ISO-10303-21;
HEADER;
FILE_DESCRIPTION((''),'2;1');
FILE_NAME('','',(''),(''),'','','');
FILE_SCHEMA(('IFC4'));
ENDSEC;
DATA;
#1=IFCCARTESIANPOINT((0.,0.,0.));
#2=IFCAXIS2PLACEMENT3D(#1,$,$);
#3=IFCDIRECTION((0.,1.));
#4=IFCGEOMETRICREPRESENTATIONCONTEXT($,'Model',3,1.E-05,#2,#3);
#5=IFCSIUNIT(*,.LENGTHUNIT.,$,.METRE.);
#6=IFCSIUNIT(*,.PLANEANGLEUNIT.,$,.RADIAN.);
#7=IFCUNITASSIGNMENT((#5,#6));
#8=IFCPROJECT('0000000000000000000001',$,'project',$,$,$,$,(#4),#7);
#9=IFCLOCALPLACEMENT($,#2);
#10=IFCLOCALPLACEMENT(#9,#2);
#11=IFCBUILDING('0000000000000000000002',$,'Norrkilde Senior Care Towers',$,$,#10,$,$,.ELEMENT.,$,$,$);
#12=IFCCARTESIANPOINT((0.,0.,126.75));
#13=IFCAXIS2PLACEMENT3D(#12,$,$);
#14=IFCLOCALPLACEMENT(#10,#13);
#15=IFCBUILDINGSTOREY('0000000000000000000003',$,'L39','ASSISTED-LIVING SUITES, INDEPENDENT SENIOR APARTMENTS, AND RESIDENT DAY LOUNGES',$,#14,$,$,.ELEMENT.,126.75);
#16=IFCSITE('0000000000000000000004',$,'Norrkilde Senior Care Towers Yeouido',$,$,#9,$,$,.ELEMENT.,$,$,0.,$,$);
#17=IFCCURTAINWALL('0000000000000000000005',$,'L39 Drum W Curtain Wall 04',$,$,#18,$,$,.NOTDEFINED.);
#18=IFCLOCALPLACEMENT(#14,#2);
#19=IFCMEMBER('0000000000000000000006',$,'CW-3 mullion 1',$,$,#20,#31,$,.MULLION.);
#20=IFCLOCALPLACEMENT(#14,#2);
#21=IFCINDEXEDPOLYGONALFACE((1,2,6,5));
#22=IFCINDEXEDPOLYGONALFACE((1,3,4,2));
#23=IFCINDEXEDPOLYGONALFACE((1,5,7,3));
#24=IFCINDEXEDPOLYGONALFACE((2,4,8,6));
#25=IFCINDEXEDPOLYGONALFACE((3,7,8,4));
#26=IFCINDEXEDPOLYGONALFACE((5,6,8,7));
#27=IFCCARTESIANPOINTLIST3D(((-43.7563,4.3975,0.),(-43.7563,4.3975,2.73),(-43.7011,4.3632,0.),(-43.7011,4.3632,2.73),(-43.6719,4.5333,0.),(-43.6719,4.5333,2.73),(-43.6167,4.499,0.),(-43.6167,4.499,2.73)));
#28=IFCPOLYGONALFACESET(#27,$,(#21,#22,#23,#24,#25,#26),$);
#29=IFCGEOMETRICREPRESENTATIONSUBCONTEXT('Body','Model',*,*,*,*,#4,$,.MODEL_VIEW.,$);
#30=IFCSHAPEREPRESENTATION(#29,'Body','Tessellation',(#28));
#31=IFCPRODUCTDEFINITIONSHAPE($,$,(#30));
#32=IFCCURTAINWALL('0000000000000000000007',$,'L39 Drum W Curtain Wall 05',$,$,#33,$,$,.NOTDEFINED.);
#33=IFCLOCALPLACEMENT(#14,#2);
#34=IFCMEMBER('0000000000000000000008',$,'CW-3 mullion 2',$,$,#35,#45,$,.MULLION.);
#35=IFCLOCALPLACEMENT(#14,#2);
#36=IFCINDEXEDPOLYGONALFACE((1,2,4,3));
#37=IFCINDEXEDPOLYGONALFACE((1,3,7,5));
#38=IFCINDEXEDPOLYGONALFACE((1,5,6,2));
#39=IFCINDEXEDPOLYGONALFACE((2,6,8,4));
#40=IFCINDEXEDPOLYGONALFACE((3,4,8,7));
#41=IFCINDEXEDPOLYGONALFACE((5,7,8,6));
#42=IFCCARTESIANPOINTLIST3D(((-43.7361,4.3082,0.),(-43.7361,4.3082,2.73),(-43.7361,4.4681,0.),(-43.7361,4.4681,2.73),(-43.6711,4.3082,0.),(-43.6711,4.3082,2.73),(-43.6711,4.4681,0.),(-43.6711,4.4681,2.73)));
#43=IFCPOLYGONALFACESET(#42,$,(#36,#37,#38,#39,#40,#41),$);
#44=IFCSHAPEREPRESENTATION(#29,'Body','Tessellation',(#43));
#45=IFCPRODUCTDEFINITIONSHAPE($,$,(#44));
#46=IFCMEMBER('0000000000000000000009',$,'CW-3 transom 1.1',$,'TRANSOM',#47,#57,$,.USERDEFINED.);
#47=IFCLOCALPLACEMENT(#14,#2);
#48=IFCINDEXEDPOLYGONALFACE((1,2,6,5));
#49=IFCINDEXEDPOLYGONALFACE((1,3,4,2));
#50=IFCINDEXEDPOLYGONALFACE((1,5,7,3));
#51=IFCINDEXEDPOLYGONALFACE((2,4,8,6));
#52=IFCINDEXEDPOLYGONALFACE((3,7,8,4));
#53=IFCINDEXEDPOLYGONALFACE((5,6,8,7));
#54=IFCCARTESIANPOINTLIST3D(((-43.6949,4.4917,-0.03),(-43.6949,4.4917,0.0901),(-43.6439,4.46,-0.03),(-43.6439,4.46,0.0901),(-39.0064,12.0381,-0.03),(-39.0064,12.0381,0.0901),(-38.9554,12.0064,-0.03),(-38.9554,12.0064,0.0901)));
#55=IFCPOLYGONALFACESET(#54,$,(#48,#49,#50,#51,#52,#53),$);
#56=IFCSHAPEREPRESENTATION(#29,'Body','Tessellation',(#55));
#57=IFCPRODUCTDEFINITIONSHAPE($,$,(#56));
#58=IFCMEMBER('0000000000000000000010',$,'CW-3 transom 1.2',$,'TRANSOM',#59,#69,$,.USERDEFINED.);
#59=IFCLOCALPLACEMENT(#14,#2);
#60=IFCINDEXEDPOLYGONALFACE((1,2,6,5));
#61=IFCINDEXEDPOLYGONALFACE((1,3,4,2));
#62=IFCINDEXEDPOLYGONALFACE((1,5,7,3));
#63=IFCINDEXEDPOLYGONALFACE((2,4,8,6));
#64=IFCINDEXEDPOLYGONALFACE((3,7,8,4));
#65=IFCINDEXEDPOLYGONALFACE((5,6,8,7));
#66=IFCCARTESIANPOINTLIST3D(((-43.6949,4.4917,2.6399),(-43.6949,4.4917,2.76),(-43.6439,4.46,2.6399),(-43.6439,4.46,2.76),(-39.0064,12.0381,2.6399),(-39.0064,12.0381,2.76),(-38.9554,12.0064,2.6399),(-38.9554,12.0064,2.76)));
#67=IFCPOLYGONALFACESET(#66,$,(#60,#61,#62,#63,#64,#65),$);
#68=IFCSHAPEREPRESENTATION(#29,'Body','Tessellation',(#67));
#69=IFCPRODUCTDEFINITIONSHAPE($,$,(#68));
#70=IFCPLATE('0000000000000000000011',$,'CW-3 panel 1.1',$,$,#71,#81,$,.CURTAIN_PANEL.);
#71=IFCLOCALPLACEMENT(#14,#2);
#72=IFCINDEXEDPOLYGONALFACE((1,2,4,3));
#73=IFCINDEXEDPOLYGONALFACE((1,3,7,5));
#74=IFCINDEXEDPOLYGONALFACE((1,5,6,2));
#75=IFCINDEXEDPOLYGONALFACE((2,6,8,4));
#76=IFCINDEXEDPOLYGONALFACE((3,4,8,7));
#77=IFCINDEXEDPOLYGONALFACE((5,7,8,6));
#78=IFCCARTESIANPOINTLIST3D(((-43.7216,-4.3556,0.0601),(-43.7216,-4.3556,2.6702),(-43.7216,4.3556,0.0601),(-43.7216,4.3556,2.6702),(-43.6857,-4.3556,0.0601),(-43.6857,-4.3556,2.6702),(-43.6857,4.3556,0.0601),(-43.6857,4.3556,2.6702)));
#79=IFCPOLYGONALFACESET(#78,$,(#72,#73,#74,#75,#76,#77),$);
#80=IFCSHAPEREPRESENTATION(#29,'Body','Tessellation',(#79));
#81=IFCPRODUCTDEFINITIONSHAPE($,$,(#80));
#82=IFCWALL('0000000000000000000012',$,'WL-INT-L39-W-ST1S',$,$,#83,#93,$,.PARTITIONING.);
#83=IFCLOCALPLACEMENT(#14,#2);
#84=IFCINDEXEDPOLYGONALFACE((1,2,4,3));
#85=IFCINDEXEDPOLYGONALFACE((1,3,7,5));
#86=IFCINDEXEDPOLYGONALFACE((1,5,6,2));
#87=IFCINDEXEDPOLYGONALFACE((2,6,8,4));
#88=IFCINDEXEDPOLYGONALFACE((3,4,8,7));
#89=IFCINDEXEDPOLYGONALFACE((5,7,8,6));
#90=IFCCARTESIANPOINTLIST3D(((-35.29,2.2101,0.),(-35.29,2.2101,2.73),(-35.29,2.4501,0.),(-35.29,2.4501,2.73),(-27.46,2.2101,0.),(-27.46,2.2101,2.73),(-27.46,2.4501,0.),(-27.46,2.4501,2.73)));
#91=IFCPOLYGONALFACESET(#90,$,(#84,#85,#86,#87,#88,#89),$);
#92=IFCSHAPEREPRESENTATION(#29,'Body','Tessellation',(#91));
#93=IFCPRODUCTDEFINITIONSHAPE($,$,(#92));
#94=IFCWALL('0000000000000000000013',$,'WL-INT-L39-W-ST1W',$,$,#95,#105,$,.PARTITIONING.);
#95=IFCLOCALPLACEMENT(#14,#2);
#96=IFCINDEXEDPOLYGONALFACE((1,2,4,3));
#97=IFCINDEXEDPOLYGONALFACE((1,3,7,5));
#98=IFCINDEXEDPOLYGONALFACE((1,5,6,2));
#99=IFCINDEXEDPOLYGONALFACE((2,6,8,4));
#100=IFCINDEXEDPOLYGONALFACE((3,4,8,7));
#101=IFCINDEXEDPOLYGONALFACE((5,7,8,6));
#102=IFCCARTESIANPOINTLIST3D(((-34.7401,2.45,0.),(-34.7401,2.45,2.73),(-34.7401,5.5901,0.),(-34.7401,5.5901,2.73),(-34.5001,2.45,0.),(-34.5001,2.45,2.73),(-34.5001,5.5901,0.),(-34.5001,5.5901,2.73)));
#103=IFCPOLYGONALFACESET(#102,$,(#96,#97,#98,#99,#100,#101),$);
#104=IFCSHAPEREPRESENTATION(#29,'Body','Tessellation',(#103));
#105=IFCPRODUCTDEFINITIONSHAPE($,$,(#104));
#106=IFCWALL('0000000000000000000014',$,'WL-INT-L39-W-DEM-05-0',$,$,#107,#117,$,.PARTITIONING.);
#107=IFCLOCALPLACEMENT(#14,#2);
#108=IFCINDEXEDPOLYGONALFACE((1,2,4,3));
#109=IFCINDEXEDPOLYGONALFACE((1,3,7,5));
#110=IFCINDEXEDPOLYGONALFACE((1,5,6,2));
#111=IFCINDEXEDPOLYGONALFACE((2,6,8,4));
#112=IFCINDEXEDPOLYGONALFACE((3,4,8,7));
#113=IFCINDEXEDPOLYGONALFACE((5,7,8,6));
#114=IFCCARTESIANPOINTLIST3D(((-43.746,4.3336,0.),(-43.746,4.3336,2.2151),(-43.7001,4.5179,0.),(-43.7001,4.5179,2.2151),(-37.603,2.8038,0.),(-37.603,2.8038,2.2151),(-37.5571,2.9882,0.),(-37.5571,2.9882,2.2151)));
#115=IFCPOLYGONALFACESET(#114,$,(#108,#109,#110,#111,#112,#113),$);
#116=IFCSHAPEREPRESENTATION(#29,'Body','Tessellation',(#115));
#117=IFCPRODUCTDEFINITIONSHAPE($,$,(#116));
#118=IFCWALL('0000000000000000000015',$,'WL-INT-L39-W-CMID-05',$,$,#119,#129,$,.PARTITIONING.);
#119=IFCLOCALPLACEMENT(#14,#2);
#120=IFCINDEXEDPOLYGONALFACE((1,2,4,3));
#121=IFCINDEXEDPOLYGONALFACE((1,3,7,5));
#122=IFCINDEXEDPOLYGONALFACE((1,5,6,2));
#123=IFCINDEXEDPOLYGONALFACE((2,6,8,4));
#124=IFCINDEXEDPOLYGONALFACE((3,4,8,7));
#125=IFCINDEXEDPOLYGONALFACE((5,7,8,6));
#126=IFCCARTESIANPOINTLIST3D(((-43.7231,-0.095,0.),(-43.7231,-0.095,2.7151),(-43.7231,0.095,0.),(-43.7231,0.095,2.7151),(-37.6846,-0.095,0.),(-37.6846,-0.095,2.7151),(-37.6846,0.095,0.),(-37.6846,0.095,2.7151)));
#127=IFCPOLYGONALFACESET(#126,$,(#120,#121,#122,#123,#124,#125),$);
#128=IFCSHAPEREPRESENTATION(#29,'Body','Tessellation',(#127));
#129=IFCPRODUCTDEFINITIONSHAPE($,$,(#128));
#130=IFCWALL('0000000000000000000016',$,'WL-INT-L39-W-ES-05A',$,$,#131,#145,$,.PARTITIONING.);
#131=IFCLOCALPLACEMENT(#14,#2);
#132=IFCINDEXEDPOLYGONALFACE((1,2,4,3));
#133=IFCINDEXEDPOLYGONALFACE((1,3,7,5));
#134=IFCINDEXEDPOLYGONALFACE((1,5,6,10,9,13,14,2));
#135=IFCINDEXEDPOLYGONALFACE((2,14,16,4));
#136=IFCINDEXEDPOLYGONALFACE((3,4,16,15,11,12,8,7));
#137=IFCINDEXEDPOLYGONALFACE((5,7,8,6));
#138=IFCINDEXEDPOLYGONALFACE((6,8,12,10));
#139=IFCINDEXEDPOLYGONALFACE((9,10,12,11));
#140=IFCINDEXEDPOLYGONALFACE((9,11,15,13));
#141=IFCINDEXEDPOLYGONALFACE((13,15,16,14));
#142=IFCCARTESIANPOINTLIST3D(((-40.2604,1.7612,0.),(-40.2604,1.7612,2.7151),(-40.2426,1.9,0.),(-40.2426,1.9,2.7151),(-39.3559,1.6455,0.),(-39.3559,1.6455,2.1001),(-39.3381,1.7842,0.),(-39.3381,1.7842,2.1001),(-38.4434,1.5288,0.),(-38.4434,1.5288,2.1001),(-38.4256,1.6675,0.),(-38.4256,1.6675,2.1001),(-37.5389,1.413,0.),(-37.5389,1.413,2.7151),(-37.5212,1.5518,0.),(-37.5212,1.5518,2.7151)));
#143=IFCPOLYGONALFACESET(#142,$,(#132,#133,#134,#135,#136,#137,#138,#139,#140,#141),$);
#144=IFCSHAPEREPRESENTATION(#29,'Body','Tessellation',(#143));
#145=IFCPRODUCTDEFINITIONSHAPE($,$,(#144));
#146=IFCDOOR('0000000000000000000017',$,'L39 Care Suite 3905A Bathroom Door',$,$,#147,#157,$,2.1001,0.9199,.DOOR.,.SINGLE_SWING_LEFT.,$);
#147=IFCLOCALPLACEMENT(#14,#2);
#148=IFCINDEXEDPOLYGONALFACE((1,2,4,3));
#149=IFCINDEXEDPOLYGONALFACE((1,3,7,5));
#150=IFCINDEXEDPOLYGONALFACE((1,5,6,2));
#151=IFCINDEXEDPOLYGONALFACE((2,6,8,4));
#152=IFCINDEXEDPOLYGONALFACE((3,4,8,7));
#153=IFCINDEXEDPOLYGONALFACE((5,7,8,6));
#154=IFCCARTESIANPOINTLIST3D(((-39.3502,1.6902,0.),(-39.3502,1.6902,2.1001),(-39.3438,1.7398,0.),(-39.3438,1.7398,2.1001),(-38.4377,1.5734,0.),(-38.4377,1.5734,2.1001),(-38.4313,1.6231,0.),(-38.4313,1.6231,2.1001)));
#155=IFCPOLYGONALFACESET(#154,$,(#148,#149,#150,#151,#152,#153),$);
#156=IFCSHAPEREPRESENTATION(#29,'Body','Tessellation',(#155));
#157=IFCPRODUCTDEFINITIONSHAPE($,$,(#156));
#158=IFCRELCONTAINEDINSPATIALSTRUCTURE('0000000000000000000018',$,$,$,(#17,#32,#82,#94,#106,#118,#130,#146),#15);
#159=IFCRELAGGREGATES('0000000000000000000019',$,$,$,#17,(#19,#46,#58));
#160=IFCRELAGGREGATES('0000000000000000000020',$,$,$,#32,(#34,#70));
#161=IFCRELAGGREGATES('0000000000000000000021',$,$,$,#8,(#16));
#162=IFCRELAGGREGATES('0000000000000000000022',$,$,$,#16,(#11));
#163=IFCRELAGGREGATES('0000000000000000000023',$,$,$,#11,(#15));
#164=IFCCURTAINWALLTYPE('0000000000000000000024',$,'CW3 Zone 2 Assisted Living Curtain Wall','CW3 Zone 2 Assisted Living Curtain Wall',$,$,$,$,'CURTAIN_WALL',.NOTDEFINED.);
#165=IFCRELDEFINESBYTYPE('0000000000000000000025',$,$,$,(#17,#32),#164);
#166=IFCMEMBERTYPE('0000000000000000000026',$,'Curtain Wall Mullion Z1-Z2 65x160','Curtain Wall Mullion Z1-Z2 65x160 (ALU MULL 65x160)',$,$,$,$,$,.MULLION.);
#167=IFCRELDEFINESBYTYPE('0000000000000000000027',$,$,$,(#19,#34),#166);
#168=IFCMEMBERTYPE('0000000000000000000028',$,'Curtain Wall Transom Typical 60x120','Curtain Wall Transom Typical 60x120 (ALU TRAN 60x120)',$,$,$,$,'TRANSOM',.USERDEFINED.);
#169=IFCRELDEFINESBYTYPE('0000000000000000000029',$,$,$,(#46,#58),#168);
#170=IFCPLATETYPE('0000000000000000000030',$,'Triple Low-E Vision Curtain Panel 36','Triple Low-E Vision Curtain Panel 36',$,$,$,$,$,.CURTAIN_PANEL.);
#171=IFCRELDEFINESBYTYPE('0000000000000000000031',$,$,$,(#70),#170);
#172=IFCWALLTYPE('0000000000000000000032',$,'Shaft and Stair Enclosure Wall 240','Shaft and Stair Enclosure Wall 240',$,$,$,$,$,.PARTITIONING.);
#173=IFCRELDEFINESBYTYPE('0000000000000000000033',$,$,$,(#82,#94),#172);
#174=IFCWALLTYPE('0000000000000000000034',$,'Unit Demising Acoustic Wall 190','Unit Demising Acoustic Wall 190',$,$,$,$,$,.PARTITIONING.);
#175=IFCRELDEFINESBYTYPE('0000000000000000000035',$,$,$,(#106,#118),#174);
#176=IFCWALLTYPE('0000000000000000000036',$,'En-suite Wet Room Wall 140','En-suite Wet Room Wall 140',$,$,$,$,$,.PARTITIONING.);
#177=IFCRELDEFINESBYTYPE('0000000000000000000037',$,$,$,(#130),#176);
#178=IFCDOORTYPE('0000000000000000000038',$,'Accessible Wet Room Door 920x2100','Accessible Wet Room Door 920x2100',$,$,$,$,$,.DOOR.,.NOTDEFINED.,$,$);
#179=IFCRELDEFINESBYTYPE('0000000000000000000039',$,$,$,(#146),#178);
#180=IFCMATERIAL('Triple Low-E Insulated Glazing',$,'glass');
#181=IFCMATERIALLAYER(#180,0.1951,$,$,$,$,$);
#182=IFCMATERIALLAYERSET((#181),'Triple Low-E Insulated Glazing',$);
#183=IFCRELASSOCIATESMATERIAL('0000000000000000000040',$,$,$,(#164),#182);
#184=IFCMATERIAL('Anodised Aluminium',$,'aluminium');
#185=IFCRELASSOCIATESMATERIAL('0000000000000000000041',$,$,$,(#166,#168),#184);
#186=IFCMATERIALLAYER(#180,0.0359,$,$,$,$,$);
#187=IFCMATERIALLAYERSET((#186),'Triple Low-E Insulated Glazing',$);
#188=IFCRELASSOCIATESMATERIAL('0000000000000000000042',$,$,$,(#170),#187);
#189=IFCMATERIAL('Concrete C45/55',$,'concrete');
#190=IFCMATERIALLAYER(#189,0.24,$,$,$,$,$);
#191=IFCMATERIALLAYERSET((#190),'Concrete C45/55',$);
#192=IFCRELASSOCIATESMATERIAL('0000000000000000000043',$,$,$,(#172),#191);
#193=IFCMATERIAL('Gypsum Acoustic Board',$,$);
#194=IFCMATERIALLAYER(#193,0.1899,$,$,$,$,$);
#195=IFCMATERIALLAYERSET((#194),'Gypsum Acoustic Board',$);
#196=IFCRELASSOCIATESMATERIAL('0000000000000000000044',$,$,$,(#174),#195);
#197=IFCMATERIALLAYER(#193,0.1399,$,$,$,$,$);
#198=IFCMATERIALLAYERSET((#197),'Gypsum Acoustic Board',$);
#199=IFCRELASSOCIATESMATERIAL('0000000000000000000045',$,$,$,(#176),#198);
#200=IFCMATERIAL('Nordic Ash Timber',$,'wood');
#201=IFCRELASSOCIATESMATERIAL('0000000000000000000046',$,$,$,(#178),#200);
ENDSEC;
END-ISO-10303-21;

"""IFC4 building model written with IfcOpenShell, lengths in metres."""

from ifc_helpers import new_model, si_unit, direction, frame, frame_2d, origin, origin_2d, place, context, subcontext, project, spatial, rectangle, extrude, source, transform, mapped, material, layer, layer_set, material_profile, profile_set, type_object, type_shapes, element, fill, aggregate, save


model = new_model("IFC4")

# Units and contexts
model_context = context("Model", 3, precision=1e-05, world=origin(), true_north=direction((0.0, 1.0)))
body_context = subcontext(model_context, "Body", "Model", "MODEL_VIEW")
ifc_project = project(units=[si_unit("LENGTHUNIT", "METRE"), si_unit("PLANEANGLEUNIT", "RADIAN")], contexts=[model_context])

# Site, building, storey
site_placement = place(None, origin())
site = spatial("IfcSite", under=ifc_project, at=site_placement, Name="Norrkilde Senior Care Towers Yeouido", CompositionType="ELEMENT", RefElevation=0.0)
building_placement = place(site_placement, origin())
building = spatial("IfcBuilding", under=site, at=building_placement, Name="Norrkilde Senior Care Towers", CompositionType="ELEMENT")
storey_placement = place(building_placement, frame((0.0, 0.0, 126.75)))
storey = spatial("IfcBuildingStorey", under=building, at=storey_placement, Name="L39", Description="ASSISTED-LIVING SUITES, INDEPENDENT SENIOR APARTMENTS, AND RESIDENT DAY LOUNGES", CompositionType="ELEMENT", Elevation=126.75)

# Curtain walls, members
ifc_material_1 = material(Name="Triple Low-E Insulated Glazing", Category="glass")
ifc_layer_1 = layer(ifc_material_1, 0.1951)
ifc_layer_set_1 = layer_set([ifc_layer_1], Name="Triple Low-E Insulated Glazing")
curtain_wall_type = type_object("IfcCurtainWallType", Name="CW3 Zone 2 Assisted Living Curtain Wall", Description="CW3 Zone 2 Assisted Living Curtain Wall", ElementType="CURTAIN_WALL", PredefinedType="NOTDEFINED", material=ifc_layer_set_1)
curtain_wall_1_placement = place(storey_placement, origin())
curtain_wall_1 = element("IfcCurtainWall", 1, at=curtain_wall_1_placement, inside=storey, type_object=curtain_wall_type, Name="L39 Drum W Curtain Wall 04", PredefinedType="NOTDEFINED")
ifc_material_2 = material(Name="Anodised Aluminium", Category="aluminium")
ifc_material_profile_1 = material_profile(ifc_material_2, rectangle(XDim=0.0649, YDim=0.1599, at=origin_2d()), Name="ALU MULL 65x160")
ifc_profile_set_1 = profile_set([ifc_material_profile_1], Name="Anodised Aluminium")
member_type_1 = type_object("IfcMemberType", Name="Curtain Wall Mullion Z1-Z2 65x160", Description="Curtain Wall Mullion Z1-Z2 65x160 (ALU MULL 65x160)", PredefinedType="MULLION", material=ifc_profile_set_1)
shared_shape_1 = source(origin(), body_context, "Body", "SweptSolid", [
    extrude(rectangle(XDim=0.0649, YDim=0.1599, at=origin_2d()), origin(), (0.0, 0.0, 1.0), 2.73),
])
type_shapes(member_type_1, [shared_shape_1])
member_1_placement = place(storey_placement, frame((-43.6865, 4.4482, 0.0), z_axis=(0.0, 0.0, 1.0), x_axis=(-0.84941, 0.527733, 0.0)))
member_1 = element("IfcMember", 2, at=member_1_placement, type_object=member_type_1, Name="CW-3 mullion 1", PredefinedType="MULLION", context=body_context, shape_type="MappedRepresentation", body=[
    mapped(shared_shape_1, transform((0.0, 0.0, 0.0), x_axis=(1.0, 0.0, 0.0), y_axis=(0.0, 1.0, 0.0), z_axis=(0.0, 0.0, 1.0), scale=1.0)),
])
curtain_wall_2_placement = place(storey_placement, origin())
curtain_wall_2 = element("IfcCurtainWall", 3, at=curtain_wall_2_placement, inside=storey, type_object=curtain_wall_type, Name="L39 Drum W Curtain Wall 05", PredefinedType="NOTDEFINED")
member_2_placement = place(storey_placement, frame((-43.7036, 4.3882, 0.0), z_axis=(0.0, 0.0, 1.0), x_axis=(-1.0, 0.0, 0.0)))
member_2 = element("IfcMember", 4, at=member_2_placement, type_object=member_type_1, Name="CW-3 mullion 2", PredefinedType="MULLION", context=body_context, shape_type="MappedRepresentation", body=[
    mapped(shared_shape_1, transform((0.0, 0.0, 0.0), x_axis=(1.0, 0.0, 0.0), y_axis=(0.0, 1.0, 0.0), z_axis=(0.0, 0.0, 1.0), scale=1.0)),
])

# Members
ifc_material_profile_2 = material_profile(ifc_material_2, rectangle(XDim=0.0601, YDim=0.1201, at=origin_2d()), Name="ALU TRAN 60x120")
ifc_profile_set_2 = profile_set([ifc_material_profile_2], Name="Anodised Aluminium")
member_type_2 = type_object("IfcMemberType", Name="Curtain Wall Transom Typical 60x120", Description="Curtain Wall Transom Typical 60x120 (ALU TRAN 60x120)", ElementType="TRANSOM", PredefinedType="USERDEFINED", material=ifc_profile_set_2)
shared_shape_2 = source(origin(), body_context, "Body", "SweptSolid", [
    extrude(rectangle(XDim=0.0601, YDim=0.1201, at=origin_2d()), origin(), (0.0, 0.0, 1.0), 8.8843),
])
type_shapes(member_type_2, [shared_shape_2])
member_3_placement = place(storey_placement, frame((-43.6694, 4.4758, 0.03), z_axis=(0.527729, 0.849413, 0.0), x_axis=(-0.849413, 0.527729, 0.0)))
member_3 = element("IfcMember", 5, at=member_3_placement, type_object=member_type_2, Name="CW-3 transom 1.1", ObjectType="TRANSOM", PredefinedType="USERDEFINED", context=body_context, shape_type="MappedRepresentation", body=[
    mapped(shared_shape_2, transform((0.0, 0.0, 0.0), x_axis=(1.0, 0.0, 0.0), y_axis=(0.0, 1.0, 0.0), z_axis=(0.0, 0.0, 1.0), scale=1.0)),
])
member_4_placement = place(storey_placement, frame((-43.6694, 4.4758, 2.7), z_axis=(0.527729, 0.849413, 0.0), x_axis=(-0.849413, 0.527729, 0.0)))
member_4 = element("IfcMember", 6, at=member_4_placement, type_object=member_type_2, Name="CW-3 transom 1.2", ObjectType="TRANSOM", PredefinedType="USERDEFINED", context=body_context, shape_type="MappedRepresentation", body=[
    mapped(shared_shape_2, transform((0.0, 0.0, 0.0), x_axis=(1.0, 0.0, 0.0), y_axis=(0.0, 1.0, 0.0), z_axis=(0.0, 0.0, 1.0), scale=1.0)),
])
aggregate(curtain_wall_1, [member_1, member_3, member_4])

# Plate
ifc_layer_2 = layer(ifc_material_1, 0.0359)
ifc_layer_set_2 = layer_set([ifc_layer_2], Name="Triple Low-E Insulated Glazing")
plate_type = type_object("IfcPlateType", Name="Triple Low-E Vision Curtain Panel 36", Description="Triple Low-E Vision Curtain Panel 36", PredefinedType="CURTAIN_PANEL", material=ifc_layer_set_2)
shared_shape_3 = source(origin(), body_context, "Body", "SweptSolid", [
    extrude(rectangle(XDim=8.7112, YDim=0.0359, at=origin_2d()), origin(), (0.0, 0.0, 1.0), 2.6101),
])
type_shapes(plate_type, [shared_shape_3])
plate_placement = place(storey_placement, frame((-43.7036, 0.0, 0.0601), z_axis=(0.0, 0.0, 1.0), x_axis=(0.0, 1.0, 0.0)))
plate = element("IfcPlate", 7, at=plate_placement, type_object=plate_type, Name="CW-3 panel 1.1", PredefinedType="CURTAIN_PANEL", context=body_context, shape_type="MappedRepresentation", body=[
    mapped(shared_shape_3, transform((0.0, 0.0, 0.0), x_axis=(1.0, 0.0, 0.0), y_axis=(0.0, 1.0, 0.0), z_axis=(0.0, 0.0, 1.0), scale=1.0)),
])
aggregate(curtain_wall_2, [member_2, plate])

# Walls
ifc_material_3 = material(Name="Concrete C45/55", Category="concrete")
ifc_layer_3 = layer(ifc_material_3, 0.24)
ifc_layer_set_3 = layer_set([ifc_layer_3], Name="Concrete C45/55")
wall_type_1 = type_object("IfcWallType", Name="Shaft and Stair Enclosure Wall 240", Description="Shaft and Stair Enclosure Wall 240", PredefinedType="PARTITIONING", material=ifc_layer_set_3)
shared_shape_4 = source(origin(), body_context, "Body", "SweptSolid", [
    extrude(rectangle(XDim=7.8301, YDim=0.24, at=frame_2d((3.915, 0.0))), origin(), (0.0, 0.0, 1.0), 2.73),
])
wall_1_placement = place(storey_placement, frame((-35.29, 2.3301, 0.0), z_axis=(0.0, 0.0, 1.0), x_axis=(1.0, 0.0, 0.0)))
element("IfcWall", 8, at=wall_1_placement, inside=storey, type_object=wall_type_1, Name="WL-INT-L39-W-ST1S", PredefinedType="PARTITIONING", context=body_context, shape_type="MappedRepresentation", body=[
    mapped(shared_shape_4, transform((0.0, 0.0, 0.0), x_axis=(1.0, 0.0, 0.0), y_axis=(0.0, 1.0, 0.0), z_axis=(0.0, 0.0, 1.0), scale=1.0)),
])
shared_shape_5 = source(origin(), body_context, "Body", "SweptSolid", [
    extrude(rectangle(XDim=3.1401, YDim=0.24, at=frame_2d((1.5701, 0.0))), origin(), (0.0, 0.0, 1.0), 2.73),
])
type_shapes(wall_type_1, [shared_shape_4, shared_shape_5])
wall_2_placement = place(storey_placement, frame((-34.6201, 2.45, 0.0), z_axis=(0.0, 0.0, 1.0), x_axis=(0.0, 1.0, 0.0)))
element("IfcWall", 9, at=wall_2_placement, inside=storey, type_object=wall_type_1, Name="WL-INT-L39-W-ST1W", PredefinedType="PARTITIONING", context=body_context, shape_type="MappedRepresentation", body=[
    mapped(shared_shape_5, transform((0.0, 0.0, 0.0), x_axis=(1.0, 0.0, 0.0), y_axis=(0.0, 1.0, 0.0), z_axis=(0.0, 0.0, 1.0), scale=1.0)),
])
ifc_material_4 = material(Name="Gypsum Acoustic Board")
ifc_layer_4 = layer(ifc_material_4, 0.1899)
ifc_layer_set_4 = layer_set([ifc_layer_4], Name="Gypsum Acoustic Board")
wall_type_2 = type_object("IfcWallType", Name="Unit Demising Acoustic Wall 190", Description="Unit Demising Acoustic Wall 190", PredefinedType="PARTITIONING", material=ifc_layer_set_4)
shared_shape_6 = source(origin(), body_context, "Body", "SweptSolid", [
    extrude(rectangle(XDim=6.3306, YDim=0.1899, at=frame_2d((3.1653, 0.0))), origin(), (0.0, 0.0, 1.0), 2.2151),
])
wall_3_placement = place(storey_placement, frame((-37.5801, 2.896, 0.0), z_axis=(0.0, 0.0, 1.0), x_axis=(-0.970364, 0.241646, 0.0)))
element("IfcWall", 10, at=wall_3_placement, inside=storey, type_object=wall_type_2, Name="WL-INT-L39-W-DEM-05-0", PredefinedType="PARTITIONING", context=body_context, shape_type="MappedRepresentation", body=[
    mapped(shared_shape_6, transform((0.0, 0.0, 0.0), x_axis=(1.0, 0.0, 0.0), y_axis=(0.0, 1.0, 0.0), z_axis=(0.0, 0.0, 1.0), scale=1.0)),
])
shared_shape_7 = source(origin(), body_context, "Body", "SweptSolid", [
    extrude(rectangle(XDim=6.0386, YDim=0.1899, at=frame_2d((3.0193, 0.0))), origin(), (0.0, 0.0, 1.0), 2.7151),
])
type_shapes(wall_type_2, [shared_shape_6, shared_shape_7])
wall_4_placement = place(storey_placement, frame((-37.6846, 0.0, 0.0), z_axis=(0.0, 0.0, 1.0), x_axis=(-1.0, 0.0, 0.0)))
element("IfcWall", 11, at=wall_4_placement, inside=storey, type_object=wall_type_2, Name="WL-INT-L39-W-CMID-05", PredefinedType="PARTITIONING", context=body_context, shape_type="MappedRepresentation", body=[
    mapped(shared_shape_7, transform((0.0, 0.0, 0.0), x_axis=(1.0, 0.0, 0.0), y_axis=(0.0, 1.0, 0.0), z_axis=(0.0, 0.0, 1.0), scale=1.0)),
])

# Wall, opening, door
ifc_layer_5 = layer(ifc_material_4, 0.1399)
ifc_layer_set_5 = layer_set([ifc_layer_5], Name="Gypsum Acoustic Board")
wall_type_3 = type_object("IfcWallType", Name="En-suite Wet Room Wall 140", Description="En-suite Wet Room Wall 140", PredefinedType="PARTITIONING", material=ifc_layer_set_5)
shared_shape_8 = source(origin(), body_context, "Body", "SweptSolid", [
    extrude(rectangle(XDim=2.7437, YDim=0.1399, at=frame_2d((1.3718, 0.0))), origin(), (0.0, 0.0, 1.0), 2.7151),
])
wall_5_placement = place(storey_placement, frame((-37.53, 1.4824, 0.0), z_axis=(0.0, 0.0, 1.0), x_axis=(-0.991916, 0.126893, 0.0)))
wall_5 = element("IfcWall", 12, at=wall_5_placement, inside=storey, type_object=wall_type_3, Name="WL-INT-L39-W-ES-05A", PredefinedType="PARTITIONING", context=body_context, shape_type="MappedRepresentation", body=[
    mapped(shared_shape_8, transform((0.0, 0.0, 0.0), x_axis=(1.0, 0.0, 0.0), y_axis=(0.0, 1.0, 0.0), z_axis=(0.0, 0.0, 1.0), scale=1.0)),
])
opening_placement = place(wall_5_placement, frame((0.9119, 0.0, 0.0)))
opening = element("IfcOpeningElement", 13, at=opening_placement, cuts=wall_5, PredefinedType="OPENING", context=body_context, shape_type="SweptSolid", body=[
    extrude(rectangle(XDim=0.9199, YDim=2.1001, at=frame_2d((0.46, 1.05))), frame((0.0, 0.0798, 0.0), z_axis=(0.0, -1.0, 0.0), x_axis=(1.0, 0.0, 0.0)), (0.0, 0.0, 1.0), 0.1599),
])
ifc_material_5 = material(Name="Nordic Ash Timber", Category="wood")
door_type = type_object("IfcDoorType", Name="Accessible Wet Room Door 920x2100", Description="Accessible Wet Room Door 920x2100", OperationType="NOTDEFINED", PredefinedType="DOOR", material=ifc_material_5)
shared_shape_9 = source(origin(), body_context, "Body", "SweptSolid", [
    extrude(rectangle(XDim=0.9199, YDim=2.1001, at=frame_2d((0.46, 1.05))), frame((0.0, 0.0249, 0.0), z_axis=(0.0, -1.0, 0.0), x_axis=(1.0, 0.0, 0.0)), (0.0, 0.0, 1.0), 0.05),
])
type_shapes(door_type, [shared_shape_9])
door_placement = place(opening_placement, origin())
door = element("IfcDoor", 14, at=door_placement, inside=storey, type_object=door_type, Name="L39 Care Suite 3905A Bathroom Door", OperationType="SINGLE_SWING_LEFT", OverallHeight=2.1001, OverallWidth=0.9199, PredefinedType="DOOR", context=body_context, shape_type="MappedRepresentation", body=[
    mapped(shared_shape_9, transform((0.0, 0.0, 0.0), x_axis=(1.0, 0.0, 0.0), y_axis=(0.0, 1.0, 0.0), z_axis=(0.0, 0.0, 1.0), scale=1.0)),
])
fill(opening, door)

save(model, "model.ifc")
